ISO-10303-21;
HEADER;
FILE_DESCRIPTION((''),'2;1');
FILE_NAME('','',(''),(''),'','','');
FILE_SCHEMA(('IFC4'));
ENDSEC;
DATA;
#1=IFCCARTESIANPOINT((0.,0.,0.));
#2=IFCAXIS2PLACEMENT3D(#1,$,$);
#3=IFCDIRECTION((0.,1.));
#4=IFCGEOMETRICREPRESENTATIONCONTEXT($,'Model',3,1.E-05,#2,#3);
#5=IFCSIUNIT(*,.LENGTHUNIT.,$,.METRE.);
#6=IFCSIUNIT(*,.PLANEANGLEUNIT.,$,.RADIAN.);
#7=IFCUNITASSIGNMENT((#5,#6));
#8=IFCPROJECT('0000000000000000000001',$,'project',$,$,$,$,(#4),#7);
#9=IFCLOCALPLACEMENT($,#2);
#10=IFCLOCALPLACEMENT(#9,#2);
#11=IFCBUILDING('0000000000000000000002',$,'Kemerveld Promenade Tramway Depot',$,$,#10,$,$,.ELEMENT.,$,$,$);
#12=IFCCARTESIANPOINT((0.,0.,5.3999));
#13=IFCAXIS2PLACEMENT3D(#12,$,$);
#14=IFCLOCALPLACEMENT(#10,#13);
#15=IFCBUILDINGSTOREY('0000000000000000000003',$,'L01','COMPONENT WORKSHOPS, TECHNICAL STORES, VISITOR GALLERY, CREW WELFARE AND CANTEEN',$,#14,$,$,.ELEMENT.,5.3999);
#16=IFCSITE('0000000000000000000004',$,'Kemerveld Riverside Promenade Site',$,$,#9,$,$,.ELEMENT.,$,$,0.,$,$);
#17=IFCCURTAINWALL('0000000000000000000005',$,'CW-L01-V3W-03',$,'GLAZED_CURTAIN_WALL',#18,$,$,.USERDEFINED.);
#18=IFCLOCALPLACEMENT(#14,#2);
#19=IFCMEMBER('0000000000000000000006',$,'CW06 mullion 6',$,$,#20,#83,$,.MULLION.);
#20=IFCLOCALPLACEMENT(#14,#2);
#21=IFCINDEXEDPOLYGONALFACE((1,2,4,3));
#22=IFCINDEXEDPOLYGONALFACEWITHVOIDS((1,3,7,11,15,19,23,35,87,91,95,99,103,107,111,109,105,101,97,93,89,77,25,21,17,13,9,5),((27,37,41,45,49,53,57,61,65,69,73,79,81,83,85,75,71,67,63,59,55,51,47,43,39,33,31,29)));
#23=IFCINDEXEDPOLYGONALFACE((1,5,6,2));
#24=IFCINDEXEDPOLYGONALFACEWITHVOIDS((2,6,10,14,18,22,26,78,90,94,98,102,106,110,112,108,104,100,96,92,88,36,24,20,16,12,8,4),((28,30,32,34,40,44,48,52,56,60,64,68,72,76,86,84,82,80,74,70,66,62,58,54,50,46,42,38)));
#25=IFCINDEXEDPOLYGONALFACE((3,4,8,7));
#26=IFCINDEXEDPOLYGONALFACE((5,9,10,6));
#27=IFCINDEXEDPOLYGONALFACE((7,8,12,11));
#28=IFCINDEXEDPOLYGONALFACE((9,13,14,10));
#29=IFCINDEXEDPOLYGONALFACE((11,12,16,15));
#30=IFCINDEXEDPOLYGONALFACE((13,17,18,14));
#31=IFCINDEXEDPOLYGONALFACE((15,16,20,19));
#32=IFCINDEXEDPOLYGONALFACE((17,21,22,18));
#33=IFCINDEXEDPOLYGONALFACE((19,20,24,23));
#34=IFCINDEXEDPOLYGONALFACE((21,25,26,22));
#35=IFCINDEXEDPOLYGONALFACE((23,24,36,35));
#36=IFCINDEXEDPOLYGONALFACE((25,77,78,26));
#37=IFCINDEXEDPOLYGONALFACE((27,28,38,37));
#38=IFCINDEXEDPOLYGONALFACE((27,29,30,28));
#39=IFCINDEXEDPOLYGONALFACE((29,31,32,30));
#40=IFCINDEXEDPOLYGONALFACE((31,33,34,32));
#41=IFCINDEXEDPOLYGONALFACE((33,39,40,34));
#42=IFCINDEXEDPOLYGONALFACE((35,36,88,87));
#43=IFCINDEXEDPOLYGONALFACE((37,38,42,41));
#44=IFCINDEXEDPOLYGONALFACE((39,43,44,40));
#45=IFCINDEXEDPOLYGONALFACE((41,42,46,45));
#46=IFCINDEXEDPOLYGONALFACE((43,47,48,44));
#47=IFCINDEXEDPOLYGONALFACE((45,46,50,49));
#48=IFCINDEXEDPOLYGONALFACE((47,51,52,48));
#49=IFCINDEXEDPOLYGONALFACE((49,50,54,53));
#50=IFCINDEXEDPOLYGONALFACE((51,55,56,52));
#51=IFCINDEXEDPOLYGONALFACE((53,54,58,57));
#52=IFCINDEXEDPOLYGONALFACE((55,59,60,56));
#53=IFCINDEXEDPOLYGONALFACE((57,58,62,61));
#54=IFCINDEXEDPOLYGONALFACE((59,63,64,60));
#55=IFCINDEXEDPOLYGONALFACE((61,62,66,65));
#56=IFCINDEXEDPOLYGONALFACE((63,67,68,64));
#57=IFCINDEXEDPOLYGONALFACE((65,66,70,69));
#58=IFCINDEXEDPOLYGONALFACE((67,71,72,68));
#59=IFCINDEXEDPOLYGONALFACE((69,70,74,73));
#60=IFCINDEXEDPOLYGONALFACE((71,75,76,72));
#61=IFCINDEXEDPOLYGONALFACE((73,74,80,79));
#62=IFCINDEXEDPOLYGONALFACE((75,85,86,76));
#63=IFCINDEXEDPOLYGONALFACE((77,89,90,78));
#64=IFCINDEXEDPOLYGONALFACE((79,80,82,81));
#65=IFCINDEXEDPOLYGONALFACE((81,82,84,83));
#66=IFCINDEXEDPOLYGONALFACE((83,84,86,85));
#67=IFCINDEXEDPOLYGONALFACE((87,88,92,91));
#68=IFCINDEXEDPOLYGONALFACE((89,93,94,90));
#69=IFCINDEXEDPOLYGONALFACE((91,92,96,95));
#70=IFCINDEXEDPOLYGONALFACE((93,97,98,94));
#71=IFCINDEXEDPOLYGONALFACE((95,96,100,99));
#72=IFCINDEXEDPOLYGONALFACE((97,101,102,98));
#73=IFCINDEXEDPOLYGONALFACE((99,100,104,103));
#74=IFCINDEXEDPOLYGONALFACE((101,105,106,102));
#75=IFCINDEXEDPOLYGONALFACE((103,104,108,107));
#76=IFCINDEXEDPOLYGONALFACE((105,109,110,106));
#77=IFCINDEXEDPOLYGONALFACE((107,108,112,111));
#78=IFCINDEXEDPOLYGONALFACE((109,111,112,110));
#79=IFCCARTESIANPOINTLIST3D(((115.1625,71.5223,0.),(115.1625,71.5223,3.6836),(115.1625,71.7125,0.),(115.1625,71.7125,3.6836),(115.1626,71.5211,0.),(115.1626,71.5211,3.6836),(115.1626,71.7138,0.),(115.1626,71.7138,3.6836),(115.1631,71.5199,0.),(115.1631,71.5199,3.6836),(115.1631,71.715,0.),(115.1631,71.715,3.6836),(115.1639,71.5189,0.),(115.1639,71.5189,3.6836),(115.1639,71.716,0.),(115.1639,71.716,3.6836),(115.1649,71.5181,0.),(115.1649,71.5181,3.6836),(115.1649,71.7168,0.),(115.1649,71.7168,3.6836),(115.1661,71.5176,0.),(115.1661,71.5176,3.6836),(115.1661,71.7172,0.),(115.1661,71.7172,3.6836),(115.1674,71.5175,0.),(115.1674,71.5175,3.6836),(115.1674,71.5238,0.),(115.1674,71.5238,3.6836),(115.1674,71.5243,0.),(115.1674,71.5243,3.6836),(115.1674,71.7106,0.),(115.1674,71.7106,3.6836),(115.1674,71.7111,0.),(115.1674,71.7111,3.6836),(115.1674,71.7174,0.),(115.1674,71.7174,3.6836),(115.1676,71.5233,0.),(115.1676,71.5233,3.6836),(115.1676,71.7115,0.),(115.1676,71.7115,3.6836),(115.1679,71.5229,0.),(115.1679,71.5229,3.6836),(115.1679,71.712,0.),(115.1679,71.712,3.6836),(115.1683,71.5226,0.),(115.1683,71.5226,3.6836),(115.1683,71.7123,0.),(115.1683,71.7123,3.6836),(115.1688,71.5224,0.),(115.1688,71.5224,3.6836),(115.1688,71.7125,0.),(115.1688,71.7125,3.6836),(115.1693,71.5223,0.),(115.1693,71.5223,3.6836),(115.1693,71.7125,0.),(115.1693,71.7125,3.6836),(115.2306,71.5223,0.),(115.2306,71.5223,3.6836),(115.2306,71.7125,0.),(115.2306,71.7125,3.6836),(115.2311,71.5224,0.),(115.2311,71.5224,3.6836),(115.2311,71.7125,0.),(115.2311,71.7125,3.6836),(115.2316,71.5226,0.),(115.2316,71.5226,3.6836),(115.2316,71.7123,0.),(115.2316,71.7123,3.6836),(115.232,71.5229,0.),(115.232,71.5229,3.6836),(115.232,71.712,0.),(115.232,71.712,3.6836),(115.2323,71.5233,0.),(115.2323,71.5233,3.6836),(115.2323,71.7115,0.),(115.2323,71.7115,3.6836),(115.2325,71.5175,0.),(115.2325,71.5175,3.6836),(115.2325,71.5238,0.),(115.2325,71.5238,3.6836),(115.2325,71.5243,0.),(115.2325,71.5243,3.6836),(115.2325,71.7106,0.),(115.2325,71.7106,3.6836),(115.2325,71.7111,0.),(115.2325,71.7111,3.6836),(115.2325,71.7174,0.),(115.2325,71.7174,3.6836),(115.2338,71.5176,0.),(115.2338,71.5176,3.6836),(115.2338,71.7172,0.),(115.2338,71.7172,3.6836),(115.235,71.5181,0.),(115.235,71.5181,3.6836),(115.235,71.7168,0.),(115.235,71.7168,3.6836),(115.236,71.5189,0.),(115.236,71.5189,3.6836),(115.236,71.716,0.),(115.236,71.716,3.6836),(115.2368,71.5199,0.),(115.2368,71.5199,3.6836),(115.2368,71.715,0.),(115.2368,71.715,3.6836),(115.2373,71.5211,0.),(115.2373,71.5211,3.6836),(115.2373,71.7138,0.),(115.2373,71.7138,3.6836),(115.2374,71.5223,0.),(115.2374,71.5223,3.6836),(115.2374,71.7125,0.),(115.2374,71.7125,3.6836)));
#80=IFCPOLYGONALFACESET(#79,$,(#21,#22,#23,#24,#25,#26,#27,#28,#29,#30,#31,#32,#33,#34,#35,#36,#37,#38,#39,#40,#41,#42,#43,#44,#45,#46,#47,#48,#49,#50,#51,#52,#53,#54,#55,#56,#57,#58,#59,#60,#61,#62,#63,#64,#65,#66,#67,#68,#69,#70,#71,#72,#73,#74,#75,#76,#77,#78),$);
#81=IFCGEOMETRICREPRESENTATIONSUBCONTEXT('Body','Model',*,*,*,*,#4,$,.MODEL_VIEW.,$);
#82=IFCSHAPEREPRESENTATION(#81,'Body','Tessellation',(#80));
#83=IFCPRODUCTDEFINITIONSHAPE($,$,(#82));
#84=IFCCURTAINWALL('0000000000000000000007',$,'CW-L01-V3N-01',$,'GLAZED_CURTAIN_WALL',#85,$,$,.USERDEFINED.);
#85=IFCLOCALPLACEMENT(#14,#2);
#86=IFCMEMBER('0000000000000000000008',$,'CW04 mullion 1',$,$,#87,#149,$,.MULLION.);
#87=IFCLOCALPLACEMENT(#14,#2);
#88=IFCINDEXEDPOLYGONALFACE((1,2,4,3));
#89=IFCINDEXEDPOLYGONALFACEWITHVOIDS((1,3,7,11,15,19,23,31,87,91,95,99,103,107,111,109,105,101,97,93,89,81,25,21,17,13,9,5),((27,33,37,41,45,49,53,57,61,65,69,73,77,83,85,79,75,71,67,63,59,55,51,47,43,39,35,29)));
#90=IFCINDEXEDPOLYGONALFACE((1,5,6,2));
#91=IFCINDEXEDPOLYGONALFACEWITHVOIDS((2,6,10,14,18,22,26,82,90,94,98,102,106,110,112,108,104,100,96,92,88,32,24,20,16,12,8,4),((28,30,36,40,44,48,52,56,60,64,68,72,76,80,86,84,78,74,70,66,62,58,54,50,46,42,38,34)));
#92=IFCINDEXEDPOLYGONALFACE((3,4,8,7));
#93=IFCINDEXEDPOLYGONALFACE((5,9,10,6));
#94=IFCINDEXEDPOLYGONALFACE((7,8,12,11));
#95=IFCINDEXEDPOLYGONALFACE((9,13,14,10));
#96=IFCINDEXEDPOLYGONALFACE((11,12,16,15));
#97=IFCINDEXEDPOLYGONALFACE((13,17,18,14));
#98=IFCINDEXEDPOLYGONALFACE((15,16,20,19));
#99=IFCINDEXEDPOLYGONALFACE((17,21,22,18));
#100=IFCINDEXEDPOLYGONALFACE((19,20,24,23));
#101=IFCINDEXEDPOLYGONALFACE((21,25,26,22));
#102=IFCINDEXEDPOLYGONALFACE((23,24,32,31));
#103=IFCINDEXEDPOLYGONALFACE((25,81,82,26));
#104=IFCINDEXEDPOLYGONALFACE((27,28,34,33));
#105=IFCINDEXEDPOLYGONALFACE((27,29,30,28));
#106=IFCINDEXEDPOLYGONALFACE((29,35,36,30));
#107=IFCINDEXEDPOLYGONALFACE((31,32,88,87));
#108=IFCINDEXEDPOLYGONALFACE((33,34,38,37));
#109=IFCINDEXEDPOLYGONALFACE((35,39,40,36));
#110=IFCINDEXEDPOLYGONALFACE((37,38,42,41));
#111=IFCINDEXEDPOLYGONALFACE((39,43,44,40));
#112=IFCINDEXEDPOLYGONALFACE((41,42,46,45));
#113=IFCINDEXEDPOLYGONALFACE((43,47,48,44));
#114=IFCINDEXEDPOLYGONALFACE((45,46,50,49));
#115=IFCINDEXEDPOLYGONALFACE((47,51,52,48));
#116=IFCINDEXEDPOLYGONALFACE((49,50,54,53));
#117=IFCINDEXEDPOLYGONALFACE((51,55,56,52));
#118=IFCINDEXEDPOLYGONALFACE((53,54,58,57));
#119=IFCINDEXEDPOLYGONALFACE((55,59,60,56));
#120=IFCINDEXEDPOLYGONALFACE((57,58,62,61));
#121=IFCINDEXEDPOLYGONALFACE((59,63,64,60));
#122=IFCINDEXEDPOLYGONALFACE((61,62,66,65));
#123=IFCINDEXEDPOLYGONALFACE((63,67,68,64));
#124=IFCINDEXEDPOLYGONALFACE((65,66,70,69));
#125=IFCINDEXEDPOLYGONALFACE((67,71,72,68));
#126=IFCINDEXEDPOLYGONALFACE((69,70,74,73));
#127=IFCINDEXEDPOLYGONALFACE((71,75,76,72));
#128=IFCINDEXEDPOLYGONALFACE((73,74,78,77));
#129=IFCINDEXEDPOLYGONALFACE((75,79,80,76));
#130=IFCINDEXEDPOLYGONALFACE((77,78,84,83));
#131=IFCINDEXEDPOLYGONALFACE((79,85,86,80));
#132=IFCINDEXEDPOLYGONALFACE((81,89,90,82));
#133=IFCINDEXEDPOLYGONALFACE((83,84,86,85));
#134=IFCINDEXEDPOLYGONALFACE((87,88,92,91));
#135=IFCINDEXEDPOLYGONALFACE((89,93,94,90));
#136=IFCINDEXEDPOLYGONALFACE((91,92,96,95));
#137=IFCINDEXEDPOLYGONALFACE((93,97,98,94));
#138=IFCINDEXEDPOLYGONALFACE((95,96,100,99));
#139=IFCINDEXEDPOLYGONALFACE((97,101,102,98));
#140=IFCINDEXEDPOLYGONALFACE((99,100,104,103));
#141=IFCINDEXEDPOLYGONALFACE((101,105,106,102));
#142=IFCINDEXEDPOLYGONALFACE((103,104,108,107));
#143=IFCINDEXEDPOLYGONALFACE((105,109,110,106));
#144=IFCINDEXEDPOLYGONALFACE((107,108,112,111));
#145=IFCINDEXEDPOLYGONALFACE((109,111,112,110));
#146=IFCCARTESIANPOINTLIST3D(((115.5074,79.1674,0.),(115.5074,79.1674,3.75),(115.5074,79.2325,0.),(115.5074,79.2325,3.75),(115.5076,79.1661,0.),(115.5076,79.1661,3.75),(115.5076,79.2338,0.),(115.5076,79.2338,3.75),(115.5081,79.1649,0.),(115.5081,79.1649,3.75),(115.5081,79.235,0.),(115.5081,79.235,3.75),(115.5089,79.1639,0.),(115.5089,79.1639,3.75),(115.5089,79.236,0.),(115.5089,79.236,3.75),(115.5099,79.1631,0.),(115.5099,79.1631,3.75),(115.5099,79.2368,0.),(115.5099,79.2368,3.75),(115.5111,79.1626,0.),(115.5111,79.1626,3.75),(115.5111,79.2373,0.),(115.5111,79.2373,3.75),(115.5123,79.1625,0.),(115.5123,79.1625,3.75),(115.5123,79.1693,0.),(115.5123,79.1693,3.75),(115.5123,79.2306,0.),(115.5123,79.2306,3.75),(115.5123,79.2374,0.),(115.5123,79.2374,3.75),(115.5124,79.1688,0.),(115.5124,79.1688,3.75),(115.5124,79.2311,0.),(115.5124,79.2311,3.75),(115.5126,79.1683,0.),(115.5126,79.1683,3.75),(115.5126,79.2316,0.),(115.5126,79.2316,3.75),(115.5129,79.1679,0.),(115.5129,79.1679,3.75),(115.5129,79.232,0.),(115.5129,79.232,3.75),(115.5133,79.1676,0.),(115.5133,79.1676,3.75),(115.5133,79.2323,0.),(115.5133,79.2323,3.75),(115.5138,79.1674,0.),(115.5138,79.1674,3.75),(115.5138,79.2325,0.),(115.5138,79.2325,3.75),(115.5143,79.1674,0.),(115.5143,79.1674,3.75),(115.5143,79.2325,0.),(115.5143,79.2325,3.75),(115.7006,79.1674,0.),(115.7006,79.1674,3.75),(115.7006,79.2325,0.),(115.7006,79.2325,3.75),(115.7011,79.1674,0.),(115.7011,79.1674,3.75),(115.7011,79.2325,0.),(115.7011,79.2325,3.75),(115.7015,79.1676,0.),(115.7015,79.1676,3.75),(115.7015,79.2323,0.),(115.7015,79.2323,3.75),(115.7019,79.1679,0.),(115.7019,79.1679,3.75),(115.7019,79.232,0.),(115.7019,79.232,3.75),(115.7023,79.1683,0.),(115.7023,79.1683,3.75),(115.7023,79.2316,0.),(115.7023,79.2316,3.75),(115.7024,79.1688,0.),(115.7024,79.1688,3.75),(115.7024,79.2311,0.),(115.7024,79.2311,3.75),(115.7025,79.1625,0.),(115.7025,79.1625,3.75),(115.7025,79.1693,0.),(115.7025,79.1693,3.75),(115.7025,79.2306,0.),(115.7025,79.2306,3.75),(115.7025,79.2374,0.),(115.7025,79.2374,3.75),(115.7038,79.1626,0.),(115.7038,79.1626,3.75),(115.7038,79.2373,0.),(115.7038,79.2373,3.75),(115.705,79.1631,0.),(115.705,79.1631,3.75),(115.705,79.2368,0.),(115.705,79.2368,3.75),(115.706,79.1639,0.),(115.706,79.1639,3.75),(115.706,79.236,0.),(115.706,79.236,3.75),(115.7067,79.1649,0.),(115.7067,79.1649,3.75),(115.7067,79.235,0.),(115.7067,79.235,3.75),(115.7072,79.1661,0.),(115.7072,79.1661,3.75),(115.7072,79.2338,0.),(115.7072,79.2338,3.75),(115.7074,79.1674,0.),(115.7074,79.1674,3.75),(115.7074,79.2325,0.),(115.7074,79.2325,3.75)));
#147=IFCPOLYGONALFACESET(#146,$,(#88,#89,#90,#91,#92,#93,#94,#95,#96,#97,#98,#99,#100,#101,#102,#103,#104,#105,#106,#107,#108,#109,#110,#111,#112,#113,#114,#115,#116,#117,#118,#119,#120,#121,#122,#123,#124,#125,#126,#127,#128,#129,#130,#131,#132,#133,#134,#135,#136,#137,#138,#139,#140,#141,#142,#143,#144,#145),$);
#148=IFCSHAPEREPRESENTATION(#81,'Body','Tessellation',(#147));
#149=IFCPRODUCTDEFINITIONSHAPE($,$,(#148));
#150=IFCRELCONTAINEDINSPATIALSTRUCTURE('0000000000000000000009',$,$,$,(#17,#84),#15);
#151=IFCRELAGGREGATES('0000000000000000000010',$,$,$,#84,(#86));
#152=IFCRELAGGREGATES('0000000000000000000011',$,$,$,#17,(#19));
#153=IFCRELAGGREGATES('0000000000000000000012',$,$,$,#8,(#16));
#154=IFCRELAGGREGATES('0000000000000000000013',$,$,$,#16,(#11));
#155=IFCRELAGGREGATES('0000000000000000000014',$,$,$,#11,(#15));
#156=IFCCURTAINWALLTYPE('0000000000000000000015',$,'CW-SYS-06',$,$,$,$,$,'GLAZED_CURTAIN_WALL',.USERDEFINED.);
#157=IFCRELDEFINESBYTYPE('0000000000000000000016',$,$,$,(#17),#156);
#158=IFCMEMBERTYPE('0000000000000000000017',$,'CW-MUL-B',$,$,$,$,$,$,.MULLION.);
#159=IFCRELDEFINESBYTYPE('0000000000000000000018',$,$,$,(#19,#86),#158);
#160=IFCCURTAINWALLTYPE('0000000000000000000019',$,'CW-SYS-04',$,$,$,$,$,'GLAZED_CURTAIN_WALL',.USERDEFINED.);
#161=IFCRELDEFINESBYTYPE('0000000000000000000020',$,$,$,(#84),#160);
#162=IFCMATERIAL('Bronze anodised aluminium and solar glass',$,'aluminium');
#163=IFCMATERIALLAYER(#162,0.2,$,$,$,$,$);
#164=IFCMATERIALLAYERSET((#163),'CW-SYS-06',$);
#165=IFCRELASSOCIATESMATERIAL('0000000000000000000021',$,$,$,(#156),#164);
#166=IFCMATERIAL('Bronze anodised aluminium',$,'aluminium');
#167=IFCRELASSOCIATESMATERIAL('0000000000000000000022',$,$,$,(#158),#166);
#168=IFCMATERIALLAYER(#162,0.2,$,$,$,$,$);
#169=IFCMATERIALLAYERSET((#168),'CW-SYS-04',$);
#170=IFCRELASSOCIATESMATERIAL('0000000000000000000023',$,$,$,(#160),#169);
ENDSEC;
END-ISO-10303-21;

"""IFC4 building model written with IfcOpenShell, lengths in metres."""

from ifc_helpers import new_model, si_unit, direction, frame, origin, origin_2d, place, context, subcontext, project, spatial, hollow_rectangle, extrude, material, layer, layer_set, material_profile, profile_set, type_object, element, aggregate, save


model = new_model("IFC4")

# Units and contexts
model_context = context("Model", 3, precision=1e-05, world=origin(), true_north=direction((0.0, 1.0)))
body_context = subcontext(model_context, "Body", "Model", "MODEL_VIEW")
ifc_project = project(units=[si_unit("LENGTHUNIT", "METRE"), si_unit("PLANEANGLEUNIT", "RADIAN")], contexts=[model_context])

# Site, building, storey
site_placement = place(None, origin())
site = spatial("IfcSite", under=ifc_project, at=site_placement, Name="Kemerveld Riverside Promenade Site", CompositionType="ELEMENT", RefElevation=0.0)
building_placement = place(site_placement, origin())
building = spatial("IfcBuilding", under=site, at=building_placement, Name="Kemerveld Promenade Tramway Depot", CompositionType="ELEMENT")
storey_placement = place(building_placement, frame((0.0, 0.0, 5.3999)))
storey = spatial("IfcBuildingStorey", under=building, at=storey_placement, Name="L01", Description="COMPONENT WORKSHOPS, TECHNICAL STORES, VISITOR GALLERY, CREW WELFARE AND CANTEEN", CompositionType="ELEMENT", Elevation=5.3999)

# Curtain wall, member
ifc_material_1 = material(Name="Bronze anodised aluminium and solar glass", Category="aluminium")
ifc_layer_1 = layer(ifc_material_1, 0.2)
ifc_layer_set_1 = layer_set([ifc_layer_1], Name="CW-SYS-06")
curtain_wall_type_1 = type_object("IfcCurtainWallType", Name="CW-SYS-06", ElementType="GLAZED_CURTAIN_WALL", PredefinedType="USERDEFINED", material=ifc_layer_set_1)
curtain_wall_1_placement = place(storey_placement, origin())
curtain_wall_1 = element("IfcCurtainWall", 1, at=curtain_wall_1_placement, inside=storey, type_object=curtain_wall_type_1, Name="CW-L01-V3W-03", ObjectType="GLAZED_CURTAIN_WALL", PredefinedType="USERDEFINED")
ifc_material_2 = material(Name="Bronze anodised aluminium", Category="aluminium")
ifc_material_profile_1 = material_profile(ifc_material_2, hollow_rectangle(XDim=0.075, YDim=0.2, WallThickness=0.0049, InnerFilletRadius=0.002, OuterFilletRadius=0.0049, at=origin_2d()), Name="CW-MUL-200x75")
ifc_profile_set_1 = profile_set([ifc_material_profile_1], Name="Bronze anodised aluminium")
member_type_1 = type_object("IfcMemberType", Name="CW-MUL-B", PredefinedType="MULLION", material=ifc_profile_set_1)
member_1_placement = place(storey_placement, frame((115.2, 71.6174, 0.0), z_axis=(0.0, 0.0, 1.0), x_axis=(-1.0, 0.0, 0.0)))
member_1 = element("IfcMember", 2, at=member_1_placement, type_object=member_type_1, Name="CW06 mullion 6", PredefinedType="MULLION", context=body_context, shape_type="SweptSolid", body=[
    extrude(hollow_rectangle(XDim=0.075, YDim=0.2, WallThickness=0.0049, InnerFilletRadius=0.002, OuterFilletRadius=0.0049, at=origin_2d()), origin(), (0.0, 0.0, 1.0), 3.6836),
])

# Curtain wall, member
ifc_layer_2 = layer(ifc_material_1, 0.2)
ifc_layer_set_2 = layer_set([ifc_layer_2], Name="CW-SYS-04")
curtain_wall_type_2 = type_object("IfcCurtainWallType", Name="CW-SYS-04", ElementType="GLAZED_CURTAIN_WALL", PredefinedType="USERDEFINED", material=ifc_layer_set_2)
curtain_wall_2_placement = place(storey_placement, origin())
curtain_wall_2 = element("IfcCurtainWall", 3, at=curtain_wall_2_placement, inside=storey, type_object=curtain_wall_type_2, Name="CW-L01-V3N-01", ObjectType="GLAZED_CURTAIN_WALL", PredefinedType="USERDEFINED")
member_2_placement = place(storey_placement, frame((115.6074, 79.2, 0.0), z_axis=(0.0, 0.0, 1.0), x_axis=(0.0, 1.0, 0.0)))
member_2 = element("IfcMember", 4, at=member_2_placement, type_object=member_type_1, Name="CW04 mullion 1", PredefinedType="MULLION", context=body_context, shape_type="SweptSolid", body=[
    extrude(hollow_rectangle(XDim=0.075, YDim=0.2, WallThickness=0.0049, InnerFilletRadius=0.002, OuterFilletRadius=0.0049, at=origin_2d()), origin(), (0.0, 0.0, 1.0), 3.75),
])

aggregate(curtain_wall_2, [member_2])
aggregate(curtain_wall_1, [member_1])

save(model, "model.ifc")
